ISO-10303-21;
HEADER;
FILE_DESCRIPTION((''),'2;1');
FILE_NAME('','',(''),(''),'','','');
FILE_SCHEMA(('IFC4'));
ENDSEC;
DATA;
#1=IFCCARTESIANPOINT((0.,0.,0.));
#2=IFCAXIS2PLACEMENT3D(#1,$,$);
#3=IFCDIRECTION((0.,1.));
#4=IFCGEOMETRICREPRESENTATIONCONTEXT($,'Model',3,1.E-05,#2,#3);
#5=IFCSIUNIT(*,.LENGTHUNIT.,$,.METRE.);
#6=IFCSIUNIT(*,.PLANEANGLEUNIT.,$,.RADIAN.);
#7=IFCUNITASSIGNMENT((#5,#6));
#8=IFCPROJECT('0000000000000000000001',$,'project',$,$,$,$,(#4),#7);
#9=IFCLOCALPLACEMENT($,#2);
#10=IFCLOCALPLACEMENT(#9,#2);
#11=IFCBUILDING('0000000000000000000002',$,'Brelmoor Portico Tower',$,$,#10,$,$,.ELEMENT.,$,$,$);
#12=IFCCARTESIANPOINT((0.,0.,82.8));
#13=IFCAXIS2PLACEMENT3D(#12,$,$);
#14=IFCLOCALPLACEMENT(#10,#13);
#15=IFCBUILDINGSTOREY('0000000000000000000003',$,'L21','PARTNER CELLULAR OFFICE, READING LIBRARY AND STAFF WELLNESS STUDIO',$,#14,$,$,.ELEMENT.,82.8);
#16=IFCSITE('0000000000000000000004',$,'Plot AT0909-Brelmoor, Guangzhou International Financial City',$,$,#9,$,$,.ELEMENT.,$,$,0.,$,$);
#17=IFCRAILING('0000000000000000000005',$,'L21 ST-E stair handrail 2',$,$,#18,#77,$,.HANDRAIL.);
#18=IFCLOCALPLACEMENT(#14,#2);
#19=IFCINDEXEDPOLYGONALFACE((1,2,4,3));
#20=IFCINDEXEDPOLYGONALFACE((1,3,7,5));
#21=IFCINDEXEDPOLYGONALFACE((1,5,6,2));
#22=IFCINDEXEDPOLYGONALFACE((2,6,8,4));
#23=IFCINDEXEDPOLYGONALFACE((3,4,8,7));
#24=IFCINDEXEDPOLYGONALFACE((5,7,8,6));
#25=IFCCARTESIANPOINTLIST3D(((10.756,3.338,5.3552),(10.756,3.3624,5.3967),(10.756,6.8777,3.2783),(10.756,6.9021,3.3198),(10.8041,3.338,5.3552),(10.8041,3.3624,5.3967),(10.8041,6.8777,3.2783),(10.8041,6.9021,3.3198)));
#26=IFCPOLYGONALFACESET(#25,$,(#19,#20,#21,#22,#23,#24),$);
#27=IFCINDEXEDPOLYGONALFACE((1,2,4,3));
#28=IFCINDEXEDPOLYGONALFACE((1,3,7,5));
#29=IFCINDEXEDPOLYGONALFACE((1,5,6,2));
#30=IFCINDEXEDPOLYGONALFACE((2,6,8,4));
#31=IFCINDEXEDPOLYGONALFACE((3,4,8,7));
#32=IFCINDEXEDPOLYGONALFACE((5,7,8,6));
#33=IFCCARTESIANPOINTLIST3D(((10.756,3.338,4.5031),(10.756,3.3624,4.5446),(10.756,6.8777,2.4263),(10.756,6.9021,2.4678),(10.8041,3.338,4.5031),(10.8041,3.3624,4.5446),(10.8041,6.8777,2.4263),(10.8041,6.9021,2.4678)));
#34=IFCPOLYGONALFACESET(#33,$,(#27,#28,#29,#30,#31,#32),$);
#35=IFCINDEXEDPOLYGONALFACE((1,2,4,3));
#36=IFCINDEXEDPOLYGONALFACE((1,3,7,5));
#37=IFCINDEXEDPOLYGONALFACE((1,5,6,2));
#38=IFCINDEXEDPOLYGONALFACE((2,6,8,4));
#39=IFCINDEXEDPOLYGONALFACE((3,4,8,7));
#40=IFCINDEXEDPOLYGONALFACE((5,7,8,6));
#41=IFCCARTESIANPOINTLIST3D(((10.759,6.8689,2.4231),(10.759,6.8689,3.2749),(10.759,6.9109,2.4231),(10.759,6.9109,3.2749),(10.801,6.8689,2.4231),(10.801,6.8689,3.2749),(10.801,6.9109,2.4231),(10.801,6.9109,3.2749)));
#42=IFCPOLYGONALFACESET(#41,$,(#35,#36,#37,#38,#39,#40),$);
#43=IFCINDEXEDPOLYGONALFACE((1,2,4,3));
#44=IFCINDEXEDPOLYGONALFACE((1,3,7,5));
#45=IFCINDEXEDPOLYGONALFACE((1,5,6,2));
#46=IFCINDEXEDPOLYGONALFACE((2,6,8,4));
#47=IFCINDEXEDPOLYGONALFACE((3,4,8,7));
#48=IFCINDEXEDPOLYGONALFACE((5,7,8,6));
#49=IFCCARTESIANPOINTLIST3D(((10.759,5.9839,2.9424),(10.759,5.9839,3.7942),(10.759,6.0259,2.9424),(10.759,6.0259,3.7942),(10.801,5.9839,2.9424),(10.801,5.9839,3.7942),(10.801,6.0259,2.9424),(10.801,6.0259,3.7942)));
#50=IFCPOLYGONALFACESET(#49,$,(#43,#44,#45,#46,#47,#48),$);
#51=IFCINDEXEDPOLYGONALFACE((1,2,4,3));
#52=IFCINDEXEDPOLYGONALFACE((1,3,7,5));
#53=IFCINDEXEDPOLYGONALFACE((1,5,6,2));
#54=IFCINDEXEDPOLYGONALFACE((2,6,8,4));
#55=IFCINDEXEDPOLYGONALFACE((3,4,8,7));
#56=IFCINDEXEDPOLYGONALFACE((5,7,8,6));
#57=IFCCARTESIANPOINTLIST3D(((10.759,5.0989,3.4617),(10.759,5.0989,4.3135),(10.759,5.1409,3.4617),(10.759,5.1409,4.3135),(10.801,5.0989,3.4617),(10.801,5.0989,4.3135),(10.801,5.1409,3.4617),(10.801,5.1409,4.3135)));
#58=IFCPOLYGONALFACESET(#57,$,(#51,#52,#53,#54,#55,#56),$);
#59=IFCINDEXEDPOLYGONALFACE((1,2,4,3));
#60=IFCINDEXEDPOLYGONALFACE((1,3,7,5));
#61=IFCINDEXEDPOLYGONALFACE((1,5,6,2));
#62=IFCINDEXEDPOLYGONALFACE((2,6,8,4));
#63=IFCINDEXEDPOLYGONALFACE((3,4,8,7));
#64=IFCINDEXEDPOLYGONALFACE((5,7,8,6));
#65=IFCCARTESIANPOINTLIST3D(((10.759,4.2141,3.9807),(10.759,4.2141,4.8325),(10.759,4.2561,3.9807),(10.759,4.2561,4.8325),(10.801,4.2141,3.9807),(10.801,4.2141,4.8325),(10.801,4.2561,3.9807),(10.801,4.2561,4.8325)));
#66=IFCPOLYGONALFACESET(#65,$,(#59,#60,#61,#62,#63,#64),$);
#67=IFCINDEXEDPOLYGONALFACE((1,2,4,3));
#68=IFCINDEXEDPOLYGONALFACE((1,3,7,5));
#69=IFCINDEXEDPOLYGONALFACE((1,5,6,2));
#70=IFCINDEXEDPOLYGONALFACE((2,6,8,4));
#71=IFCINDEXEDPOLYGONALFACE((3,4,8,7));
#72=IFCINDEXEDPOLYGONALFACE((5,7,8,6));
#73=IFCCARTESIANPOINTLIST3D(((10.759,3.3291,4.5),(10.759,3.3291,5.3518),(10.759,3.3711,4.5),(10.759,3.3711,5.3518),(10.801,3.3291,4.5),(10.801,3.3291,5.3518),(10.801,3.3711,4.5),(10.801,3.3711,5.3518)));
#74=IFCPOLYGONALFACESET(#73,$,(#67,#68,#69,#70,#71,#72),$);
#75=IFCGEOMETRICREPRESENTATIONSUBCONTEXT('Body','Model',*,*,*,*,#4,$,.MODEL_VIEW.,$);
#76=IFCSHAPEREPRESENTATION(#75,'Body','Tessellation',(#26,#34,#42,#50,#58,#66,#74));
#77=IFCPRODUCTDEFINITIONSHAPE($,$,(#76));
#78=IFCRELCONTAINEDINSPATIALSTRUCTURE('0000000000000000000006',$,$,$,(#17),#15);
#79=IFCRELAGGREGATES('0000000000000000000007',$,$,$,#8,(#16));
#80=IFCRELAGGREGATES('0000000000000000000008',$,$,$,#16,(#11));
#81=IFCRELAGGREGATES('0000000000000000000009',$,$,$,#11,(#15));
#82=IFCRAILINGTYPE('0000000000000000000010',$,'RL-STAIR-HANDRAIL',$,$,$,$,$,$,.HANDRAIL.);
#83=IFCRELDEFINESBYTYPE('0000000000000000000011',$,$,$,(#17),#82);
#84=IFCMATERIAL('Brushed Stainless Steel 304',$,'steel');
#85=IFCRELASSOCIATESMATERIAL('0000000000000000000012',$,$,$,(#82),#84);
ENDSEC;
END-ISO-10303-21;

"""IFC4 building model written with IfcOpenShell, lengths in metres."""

from ifc_helpers import new_model, si_unit, direction, frame, origin, origin_2d, place, context, subcontext, project, spatial, rectangle, extrude, material, type_object, element, save


model = new_model("IFC4")

# Units and contexts
model_context = context("Model", 3, precision=1e-05, world=origin(), true_north=direction((0.0, 1.0)))
body_context = subcontext(model_context, "Body", "Model", "MODEL_VIEW")
ifc_project = project(units=[si_unit("LENGTHUNIT", "METRE"), si_unit("PLANEANGLEUNIT", "RADIAN")], contexts=[model_context])

# Site, building, storey
site_placement = place(None, origin())
site = spatial("IfcSite", under=ifc_project, at=site_placement, Name="Plot AT0909-Brelmoor, Guangzhou International Financial City", CompositionType="ELEMENT", RefElevation=0.0)
building_placement = place(site_placement, origin())
building = spatial("IfcBuilding", under=site, at=building_placement, Name="Brelmoor Portico Tower", CompositionType="ELEMENT")
storey_placement = place(building_placement, frame((0.0, 0.0, 82.8)))
storey = spatial("IfcBuildingStorey", under=building, at=storey_placement, Name="L21", Description="PARTNER CELLULAR OFFICE, READING LIBRARY AND STAFF WELLNESS STUDIO", CompositionType="ELEMENT", Elevation=82.8)

# Railing
ifc_material_1 = material(Name="Brushed Stainless Steel 304", Category="steel")
railing_type_1 = type_object("IfcRailingType", Name="RL-STAIR-HANDRAIL", PredefinedType="HANDRAIL", material=ifc_material_1)
railing_1_placement = place(storey_placement, frame((10.78, 6.8899, 2.4231)))
element("IfcRailing", 1, at=railing_1_placement, inside=storey, type_object=railing_type_1, Name="L21 ST-E stair handrail 2", PredefinedType="HANDRAIL", context=body_context, shape_type="SweptSolid", body=[
    extrude(rectangle(XDim=0.0481, YDim=0.0481, at=origin_2d()), frame((0.0, 0.0, 0.876), z_axis=(0.0, -0.862501, 0.506055), x_axis=(1.0, 0.0, 0.0)), (0.0, 0.0, 1.0), 4.104),
    extrude(rectangle(XDim=0.0481, YDim=0.0481, at=origin_2d()), frame((0.0, 0.0, 0.0239), z_axis=(0.0, -0.862501, 0.506055), x_axis=(1.0, 0.0, 0.0)), (0.0, 0.0, 1.0), 4.104),
    extrude(rectangle(XDim=0.042, YDim=0.042, at=origin_2d()), origin(), (0.0, 0.0, 1.0), 0.8518),
    extrude(rectangle(XDim=0.042, YDim=0.042, at=origin_2d()), frame((0.0, -0.885, 0.5193)), (0.0, 0.0, 1.0), 0.8518),
    extrude(rectangle(XDim=0.042, YDim=0.042, at=origin_2d()), frame((0.0, -1.77, 1.0386)), (0.0, 0.0, 1.0), 0.8518),
    extrude(rectangle(XDim=0.042, YDim=0.042, at=origin_2d()), frame((0.0, -2.6548, 1.5576)), (0.0, 0.0, 1.0), 0.8518),
    extrude(rectangle(XDim=0.042, YDim=0.042, at=origin_2d()), frame((0.0, -3.5398, 2.0769)), (0.0, 0.0, 1.0), 0.8518),
])

save(model, "model.ifc")
